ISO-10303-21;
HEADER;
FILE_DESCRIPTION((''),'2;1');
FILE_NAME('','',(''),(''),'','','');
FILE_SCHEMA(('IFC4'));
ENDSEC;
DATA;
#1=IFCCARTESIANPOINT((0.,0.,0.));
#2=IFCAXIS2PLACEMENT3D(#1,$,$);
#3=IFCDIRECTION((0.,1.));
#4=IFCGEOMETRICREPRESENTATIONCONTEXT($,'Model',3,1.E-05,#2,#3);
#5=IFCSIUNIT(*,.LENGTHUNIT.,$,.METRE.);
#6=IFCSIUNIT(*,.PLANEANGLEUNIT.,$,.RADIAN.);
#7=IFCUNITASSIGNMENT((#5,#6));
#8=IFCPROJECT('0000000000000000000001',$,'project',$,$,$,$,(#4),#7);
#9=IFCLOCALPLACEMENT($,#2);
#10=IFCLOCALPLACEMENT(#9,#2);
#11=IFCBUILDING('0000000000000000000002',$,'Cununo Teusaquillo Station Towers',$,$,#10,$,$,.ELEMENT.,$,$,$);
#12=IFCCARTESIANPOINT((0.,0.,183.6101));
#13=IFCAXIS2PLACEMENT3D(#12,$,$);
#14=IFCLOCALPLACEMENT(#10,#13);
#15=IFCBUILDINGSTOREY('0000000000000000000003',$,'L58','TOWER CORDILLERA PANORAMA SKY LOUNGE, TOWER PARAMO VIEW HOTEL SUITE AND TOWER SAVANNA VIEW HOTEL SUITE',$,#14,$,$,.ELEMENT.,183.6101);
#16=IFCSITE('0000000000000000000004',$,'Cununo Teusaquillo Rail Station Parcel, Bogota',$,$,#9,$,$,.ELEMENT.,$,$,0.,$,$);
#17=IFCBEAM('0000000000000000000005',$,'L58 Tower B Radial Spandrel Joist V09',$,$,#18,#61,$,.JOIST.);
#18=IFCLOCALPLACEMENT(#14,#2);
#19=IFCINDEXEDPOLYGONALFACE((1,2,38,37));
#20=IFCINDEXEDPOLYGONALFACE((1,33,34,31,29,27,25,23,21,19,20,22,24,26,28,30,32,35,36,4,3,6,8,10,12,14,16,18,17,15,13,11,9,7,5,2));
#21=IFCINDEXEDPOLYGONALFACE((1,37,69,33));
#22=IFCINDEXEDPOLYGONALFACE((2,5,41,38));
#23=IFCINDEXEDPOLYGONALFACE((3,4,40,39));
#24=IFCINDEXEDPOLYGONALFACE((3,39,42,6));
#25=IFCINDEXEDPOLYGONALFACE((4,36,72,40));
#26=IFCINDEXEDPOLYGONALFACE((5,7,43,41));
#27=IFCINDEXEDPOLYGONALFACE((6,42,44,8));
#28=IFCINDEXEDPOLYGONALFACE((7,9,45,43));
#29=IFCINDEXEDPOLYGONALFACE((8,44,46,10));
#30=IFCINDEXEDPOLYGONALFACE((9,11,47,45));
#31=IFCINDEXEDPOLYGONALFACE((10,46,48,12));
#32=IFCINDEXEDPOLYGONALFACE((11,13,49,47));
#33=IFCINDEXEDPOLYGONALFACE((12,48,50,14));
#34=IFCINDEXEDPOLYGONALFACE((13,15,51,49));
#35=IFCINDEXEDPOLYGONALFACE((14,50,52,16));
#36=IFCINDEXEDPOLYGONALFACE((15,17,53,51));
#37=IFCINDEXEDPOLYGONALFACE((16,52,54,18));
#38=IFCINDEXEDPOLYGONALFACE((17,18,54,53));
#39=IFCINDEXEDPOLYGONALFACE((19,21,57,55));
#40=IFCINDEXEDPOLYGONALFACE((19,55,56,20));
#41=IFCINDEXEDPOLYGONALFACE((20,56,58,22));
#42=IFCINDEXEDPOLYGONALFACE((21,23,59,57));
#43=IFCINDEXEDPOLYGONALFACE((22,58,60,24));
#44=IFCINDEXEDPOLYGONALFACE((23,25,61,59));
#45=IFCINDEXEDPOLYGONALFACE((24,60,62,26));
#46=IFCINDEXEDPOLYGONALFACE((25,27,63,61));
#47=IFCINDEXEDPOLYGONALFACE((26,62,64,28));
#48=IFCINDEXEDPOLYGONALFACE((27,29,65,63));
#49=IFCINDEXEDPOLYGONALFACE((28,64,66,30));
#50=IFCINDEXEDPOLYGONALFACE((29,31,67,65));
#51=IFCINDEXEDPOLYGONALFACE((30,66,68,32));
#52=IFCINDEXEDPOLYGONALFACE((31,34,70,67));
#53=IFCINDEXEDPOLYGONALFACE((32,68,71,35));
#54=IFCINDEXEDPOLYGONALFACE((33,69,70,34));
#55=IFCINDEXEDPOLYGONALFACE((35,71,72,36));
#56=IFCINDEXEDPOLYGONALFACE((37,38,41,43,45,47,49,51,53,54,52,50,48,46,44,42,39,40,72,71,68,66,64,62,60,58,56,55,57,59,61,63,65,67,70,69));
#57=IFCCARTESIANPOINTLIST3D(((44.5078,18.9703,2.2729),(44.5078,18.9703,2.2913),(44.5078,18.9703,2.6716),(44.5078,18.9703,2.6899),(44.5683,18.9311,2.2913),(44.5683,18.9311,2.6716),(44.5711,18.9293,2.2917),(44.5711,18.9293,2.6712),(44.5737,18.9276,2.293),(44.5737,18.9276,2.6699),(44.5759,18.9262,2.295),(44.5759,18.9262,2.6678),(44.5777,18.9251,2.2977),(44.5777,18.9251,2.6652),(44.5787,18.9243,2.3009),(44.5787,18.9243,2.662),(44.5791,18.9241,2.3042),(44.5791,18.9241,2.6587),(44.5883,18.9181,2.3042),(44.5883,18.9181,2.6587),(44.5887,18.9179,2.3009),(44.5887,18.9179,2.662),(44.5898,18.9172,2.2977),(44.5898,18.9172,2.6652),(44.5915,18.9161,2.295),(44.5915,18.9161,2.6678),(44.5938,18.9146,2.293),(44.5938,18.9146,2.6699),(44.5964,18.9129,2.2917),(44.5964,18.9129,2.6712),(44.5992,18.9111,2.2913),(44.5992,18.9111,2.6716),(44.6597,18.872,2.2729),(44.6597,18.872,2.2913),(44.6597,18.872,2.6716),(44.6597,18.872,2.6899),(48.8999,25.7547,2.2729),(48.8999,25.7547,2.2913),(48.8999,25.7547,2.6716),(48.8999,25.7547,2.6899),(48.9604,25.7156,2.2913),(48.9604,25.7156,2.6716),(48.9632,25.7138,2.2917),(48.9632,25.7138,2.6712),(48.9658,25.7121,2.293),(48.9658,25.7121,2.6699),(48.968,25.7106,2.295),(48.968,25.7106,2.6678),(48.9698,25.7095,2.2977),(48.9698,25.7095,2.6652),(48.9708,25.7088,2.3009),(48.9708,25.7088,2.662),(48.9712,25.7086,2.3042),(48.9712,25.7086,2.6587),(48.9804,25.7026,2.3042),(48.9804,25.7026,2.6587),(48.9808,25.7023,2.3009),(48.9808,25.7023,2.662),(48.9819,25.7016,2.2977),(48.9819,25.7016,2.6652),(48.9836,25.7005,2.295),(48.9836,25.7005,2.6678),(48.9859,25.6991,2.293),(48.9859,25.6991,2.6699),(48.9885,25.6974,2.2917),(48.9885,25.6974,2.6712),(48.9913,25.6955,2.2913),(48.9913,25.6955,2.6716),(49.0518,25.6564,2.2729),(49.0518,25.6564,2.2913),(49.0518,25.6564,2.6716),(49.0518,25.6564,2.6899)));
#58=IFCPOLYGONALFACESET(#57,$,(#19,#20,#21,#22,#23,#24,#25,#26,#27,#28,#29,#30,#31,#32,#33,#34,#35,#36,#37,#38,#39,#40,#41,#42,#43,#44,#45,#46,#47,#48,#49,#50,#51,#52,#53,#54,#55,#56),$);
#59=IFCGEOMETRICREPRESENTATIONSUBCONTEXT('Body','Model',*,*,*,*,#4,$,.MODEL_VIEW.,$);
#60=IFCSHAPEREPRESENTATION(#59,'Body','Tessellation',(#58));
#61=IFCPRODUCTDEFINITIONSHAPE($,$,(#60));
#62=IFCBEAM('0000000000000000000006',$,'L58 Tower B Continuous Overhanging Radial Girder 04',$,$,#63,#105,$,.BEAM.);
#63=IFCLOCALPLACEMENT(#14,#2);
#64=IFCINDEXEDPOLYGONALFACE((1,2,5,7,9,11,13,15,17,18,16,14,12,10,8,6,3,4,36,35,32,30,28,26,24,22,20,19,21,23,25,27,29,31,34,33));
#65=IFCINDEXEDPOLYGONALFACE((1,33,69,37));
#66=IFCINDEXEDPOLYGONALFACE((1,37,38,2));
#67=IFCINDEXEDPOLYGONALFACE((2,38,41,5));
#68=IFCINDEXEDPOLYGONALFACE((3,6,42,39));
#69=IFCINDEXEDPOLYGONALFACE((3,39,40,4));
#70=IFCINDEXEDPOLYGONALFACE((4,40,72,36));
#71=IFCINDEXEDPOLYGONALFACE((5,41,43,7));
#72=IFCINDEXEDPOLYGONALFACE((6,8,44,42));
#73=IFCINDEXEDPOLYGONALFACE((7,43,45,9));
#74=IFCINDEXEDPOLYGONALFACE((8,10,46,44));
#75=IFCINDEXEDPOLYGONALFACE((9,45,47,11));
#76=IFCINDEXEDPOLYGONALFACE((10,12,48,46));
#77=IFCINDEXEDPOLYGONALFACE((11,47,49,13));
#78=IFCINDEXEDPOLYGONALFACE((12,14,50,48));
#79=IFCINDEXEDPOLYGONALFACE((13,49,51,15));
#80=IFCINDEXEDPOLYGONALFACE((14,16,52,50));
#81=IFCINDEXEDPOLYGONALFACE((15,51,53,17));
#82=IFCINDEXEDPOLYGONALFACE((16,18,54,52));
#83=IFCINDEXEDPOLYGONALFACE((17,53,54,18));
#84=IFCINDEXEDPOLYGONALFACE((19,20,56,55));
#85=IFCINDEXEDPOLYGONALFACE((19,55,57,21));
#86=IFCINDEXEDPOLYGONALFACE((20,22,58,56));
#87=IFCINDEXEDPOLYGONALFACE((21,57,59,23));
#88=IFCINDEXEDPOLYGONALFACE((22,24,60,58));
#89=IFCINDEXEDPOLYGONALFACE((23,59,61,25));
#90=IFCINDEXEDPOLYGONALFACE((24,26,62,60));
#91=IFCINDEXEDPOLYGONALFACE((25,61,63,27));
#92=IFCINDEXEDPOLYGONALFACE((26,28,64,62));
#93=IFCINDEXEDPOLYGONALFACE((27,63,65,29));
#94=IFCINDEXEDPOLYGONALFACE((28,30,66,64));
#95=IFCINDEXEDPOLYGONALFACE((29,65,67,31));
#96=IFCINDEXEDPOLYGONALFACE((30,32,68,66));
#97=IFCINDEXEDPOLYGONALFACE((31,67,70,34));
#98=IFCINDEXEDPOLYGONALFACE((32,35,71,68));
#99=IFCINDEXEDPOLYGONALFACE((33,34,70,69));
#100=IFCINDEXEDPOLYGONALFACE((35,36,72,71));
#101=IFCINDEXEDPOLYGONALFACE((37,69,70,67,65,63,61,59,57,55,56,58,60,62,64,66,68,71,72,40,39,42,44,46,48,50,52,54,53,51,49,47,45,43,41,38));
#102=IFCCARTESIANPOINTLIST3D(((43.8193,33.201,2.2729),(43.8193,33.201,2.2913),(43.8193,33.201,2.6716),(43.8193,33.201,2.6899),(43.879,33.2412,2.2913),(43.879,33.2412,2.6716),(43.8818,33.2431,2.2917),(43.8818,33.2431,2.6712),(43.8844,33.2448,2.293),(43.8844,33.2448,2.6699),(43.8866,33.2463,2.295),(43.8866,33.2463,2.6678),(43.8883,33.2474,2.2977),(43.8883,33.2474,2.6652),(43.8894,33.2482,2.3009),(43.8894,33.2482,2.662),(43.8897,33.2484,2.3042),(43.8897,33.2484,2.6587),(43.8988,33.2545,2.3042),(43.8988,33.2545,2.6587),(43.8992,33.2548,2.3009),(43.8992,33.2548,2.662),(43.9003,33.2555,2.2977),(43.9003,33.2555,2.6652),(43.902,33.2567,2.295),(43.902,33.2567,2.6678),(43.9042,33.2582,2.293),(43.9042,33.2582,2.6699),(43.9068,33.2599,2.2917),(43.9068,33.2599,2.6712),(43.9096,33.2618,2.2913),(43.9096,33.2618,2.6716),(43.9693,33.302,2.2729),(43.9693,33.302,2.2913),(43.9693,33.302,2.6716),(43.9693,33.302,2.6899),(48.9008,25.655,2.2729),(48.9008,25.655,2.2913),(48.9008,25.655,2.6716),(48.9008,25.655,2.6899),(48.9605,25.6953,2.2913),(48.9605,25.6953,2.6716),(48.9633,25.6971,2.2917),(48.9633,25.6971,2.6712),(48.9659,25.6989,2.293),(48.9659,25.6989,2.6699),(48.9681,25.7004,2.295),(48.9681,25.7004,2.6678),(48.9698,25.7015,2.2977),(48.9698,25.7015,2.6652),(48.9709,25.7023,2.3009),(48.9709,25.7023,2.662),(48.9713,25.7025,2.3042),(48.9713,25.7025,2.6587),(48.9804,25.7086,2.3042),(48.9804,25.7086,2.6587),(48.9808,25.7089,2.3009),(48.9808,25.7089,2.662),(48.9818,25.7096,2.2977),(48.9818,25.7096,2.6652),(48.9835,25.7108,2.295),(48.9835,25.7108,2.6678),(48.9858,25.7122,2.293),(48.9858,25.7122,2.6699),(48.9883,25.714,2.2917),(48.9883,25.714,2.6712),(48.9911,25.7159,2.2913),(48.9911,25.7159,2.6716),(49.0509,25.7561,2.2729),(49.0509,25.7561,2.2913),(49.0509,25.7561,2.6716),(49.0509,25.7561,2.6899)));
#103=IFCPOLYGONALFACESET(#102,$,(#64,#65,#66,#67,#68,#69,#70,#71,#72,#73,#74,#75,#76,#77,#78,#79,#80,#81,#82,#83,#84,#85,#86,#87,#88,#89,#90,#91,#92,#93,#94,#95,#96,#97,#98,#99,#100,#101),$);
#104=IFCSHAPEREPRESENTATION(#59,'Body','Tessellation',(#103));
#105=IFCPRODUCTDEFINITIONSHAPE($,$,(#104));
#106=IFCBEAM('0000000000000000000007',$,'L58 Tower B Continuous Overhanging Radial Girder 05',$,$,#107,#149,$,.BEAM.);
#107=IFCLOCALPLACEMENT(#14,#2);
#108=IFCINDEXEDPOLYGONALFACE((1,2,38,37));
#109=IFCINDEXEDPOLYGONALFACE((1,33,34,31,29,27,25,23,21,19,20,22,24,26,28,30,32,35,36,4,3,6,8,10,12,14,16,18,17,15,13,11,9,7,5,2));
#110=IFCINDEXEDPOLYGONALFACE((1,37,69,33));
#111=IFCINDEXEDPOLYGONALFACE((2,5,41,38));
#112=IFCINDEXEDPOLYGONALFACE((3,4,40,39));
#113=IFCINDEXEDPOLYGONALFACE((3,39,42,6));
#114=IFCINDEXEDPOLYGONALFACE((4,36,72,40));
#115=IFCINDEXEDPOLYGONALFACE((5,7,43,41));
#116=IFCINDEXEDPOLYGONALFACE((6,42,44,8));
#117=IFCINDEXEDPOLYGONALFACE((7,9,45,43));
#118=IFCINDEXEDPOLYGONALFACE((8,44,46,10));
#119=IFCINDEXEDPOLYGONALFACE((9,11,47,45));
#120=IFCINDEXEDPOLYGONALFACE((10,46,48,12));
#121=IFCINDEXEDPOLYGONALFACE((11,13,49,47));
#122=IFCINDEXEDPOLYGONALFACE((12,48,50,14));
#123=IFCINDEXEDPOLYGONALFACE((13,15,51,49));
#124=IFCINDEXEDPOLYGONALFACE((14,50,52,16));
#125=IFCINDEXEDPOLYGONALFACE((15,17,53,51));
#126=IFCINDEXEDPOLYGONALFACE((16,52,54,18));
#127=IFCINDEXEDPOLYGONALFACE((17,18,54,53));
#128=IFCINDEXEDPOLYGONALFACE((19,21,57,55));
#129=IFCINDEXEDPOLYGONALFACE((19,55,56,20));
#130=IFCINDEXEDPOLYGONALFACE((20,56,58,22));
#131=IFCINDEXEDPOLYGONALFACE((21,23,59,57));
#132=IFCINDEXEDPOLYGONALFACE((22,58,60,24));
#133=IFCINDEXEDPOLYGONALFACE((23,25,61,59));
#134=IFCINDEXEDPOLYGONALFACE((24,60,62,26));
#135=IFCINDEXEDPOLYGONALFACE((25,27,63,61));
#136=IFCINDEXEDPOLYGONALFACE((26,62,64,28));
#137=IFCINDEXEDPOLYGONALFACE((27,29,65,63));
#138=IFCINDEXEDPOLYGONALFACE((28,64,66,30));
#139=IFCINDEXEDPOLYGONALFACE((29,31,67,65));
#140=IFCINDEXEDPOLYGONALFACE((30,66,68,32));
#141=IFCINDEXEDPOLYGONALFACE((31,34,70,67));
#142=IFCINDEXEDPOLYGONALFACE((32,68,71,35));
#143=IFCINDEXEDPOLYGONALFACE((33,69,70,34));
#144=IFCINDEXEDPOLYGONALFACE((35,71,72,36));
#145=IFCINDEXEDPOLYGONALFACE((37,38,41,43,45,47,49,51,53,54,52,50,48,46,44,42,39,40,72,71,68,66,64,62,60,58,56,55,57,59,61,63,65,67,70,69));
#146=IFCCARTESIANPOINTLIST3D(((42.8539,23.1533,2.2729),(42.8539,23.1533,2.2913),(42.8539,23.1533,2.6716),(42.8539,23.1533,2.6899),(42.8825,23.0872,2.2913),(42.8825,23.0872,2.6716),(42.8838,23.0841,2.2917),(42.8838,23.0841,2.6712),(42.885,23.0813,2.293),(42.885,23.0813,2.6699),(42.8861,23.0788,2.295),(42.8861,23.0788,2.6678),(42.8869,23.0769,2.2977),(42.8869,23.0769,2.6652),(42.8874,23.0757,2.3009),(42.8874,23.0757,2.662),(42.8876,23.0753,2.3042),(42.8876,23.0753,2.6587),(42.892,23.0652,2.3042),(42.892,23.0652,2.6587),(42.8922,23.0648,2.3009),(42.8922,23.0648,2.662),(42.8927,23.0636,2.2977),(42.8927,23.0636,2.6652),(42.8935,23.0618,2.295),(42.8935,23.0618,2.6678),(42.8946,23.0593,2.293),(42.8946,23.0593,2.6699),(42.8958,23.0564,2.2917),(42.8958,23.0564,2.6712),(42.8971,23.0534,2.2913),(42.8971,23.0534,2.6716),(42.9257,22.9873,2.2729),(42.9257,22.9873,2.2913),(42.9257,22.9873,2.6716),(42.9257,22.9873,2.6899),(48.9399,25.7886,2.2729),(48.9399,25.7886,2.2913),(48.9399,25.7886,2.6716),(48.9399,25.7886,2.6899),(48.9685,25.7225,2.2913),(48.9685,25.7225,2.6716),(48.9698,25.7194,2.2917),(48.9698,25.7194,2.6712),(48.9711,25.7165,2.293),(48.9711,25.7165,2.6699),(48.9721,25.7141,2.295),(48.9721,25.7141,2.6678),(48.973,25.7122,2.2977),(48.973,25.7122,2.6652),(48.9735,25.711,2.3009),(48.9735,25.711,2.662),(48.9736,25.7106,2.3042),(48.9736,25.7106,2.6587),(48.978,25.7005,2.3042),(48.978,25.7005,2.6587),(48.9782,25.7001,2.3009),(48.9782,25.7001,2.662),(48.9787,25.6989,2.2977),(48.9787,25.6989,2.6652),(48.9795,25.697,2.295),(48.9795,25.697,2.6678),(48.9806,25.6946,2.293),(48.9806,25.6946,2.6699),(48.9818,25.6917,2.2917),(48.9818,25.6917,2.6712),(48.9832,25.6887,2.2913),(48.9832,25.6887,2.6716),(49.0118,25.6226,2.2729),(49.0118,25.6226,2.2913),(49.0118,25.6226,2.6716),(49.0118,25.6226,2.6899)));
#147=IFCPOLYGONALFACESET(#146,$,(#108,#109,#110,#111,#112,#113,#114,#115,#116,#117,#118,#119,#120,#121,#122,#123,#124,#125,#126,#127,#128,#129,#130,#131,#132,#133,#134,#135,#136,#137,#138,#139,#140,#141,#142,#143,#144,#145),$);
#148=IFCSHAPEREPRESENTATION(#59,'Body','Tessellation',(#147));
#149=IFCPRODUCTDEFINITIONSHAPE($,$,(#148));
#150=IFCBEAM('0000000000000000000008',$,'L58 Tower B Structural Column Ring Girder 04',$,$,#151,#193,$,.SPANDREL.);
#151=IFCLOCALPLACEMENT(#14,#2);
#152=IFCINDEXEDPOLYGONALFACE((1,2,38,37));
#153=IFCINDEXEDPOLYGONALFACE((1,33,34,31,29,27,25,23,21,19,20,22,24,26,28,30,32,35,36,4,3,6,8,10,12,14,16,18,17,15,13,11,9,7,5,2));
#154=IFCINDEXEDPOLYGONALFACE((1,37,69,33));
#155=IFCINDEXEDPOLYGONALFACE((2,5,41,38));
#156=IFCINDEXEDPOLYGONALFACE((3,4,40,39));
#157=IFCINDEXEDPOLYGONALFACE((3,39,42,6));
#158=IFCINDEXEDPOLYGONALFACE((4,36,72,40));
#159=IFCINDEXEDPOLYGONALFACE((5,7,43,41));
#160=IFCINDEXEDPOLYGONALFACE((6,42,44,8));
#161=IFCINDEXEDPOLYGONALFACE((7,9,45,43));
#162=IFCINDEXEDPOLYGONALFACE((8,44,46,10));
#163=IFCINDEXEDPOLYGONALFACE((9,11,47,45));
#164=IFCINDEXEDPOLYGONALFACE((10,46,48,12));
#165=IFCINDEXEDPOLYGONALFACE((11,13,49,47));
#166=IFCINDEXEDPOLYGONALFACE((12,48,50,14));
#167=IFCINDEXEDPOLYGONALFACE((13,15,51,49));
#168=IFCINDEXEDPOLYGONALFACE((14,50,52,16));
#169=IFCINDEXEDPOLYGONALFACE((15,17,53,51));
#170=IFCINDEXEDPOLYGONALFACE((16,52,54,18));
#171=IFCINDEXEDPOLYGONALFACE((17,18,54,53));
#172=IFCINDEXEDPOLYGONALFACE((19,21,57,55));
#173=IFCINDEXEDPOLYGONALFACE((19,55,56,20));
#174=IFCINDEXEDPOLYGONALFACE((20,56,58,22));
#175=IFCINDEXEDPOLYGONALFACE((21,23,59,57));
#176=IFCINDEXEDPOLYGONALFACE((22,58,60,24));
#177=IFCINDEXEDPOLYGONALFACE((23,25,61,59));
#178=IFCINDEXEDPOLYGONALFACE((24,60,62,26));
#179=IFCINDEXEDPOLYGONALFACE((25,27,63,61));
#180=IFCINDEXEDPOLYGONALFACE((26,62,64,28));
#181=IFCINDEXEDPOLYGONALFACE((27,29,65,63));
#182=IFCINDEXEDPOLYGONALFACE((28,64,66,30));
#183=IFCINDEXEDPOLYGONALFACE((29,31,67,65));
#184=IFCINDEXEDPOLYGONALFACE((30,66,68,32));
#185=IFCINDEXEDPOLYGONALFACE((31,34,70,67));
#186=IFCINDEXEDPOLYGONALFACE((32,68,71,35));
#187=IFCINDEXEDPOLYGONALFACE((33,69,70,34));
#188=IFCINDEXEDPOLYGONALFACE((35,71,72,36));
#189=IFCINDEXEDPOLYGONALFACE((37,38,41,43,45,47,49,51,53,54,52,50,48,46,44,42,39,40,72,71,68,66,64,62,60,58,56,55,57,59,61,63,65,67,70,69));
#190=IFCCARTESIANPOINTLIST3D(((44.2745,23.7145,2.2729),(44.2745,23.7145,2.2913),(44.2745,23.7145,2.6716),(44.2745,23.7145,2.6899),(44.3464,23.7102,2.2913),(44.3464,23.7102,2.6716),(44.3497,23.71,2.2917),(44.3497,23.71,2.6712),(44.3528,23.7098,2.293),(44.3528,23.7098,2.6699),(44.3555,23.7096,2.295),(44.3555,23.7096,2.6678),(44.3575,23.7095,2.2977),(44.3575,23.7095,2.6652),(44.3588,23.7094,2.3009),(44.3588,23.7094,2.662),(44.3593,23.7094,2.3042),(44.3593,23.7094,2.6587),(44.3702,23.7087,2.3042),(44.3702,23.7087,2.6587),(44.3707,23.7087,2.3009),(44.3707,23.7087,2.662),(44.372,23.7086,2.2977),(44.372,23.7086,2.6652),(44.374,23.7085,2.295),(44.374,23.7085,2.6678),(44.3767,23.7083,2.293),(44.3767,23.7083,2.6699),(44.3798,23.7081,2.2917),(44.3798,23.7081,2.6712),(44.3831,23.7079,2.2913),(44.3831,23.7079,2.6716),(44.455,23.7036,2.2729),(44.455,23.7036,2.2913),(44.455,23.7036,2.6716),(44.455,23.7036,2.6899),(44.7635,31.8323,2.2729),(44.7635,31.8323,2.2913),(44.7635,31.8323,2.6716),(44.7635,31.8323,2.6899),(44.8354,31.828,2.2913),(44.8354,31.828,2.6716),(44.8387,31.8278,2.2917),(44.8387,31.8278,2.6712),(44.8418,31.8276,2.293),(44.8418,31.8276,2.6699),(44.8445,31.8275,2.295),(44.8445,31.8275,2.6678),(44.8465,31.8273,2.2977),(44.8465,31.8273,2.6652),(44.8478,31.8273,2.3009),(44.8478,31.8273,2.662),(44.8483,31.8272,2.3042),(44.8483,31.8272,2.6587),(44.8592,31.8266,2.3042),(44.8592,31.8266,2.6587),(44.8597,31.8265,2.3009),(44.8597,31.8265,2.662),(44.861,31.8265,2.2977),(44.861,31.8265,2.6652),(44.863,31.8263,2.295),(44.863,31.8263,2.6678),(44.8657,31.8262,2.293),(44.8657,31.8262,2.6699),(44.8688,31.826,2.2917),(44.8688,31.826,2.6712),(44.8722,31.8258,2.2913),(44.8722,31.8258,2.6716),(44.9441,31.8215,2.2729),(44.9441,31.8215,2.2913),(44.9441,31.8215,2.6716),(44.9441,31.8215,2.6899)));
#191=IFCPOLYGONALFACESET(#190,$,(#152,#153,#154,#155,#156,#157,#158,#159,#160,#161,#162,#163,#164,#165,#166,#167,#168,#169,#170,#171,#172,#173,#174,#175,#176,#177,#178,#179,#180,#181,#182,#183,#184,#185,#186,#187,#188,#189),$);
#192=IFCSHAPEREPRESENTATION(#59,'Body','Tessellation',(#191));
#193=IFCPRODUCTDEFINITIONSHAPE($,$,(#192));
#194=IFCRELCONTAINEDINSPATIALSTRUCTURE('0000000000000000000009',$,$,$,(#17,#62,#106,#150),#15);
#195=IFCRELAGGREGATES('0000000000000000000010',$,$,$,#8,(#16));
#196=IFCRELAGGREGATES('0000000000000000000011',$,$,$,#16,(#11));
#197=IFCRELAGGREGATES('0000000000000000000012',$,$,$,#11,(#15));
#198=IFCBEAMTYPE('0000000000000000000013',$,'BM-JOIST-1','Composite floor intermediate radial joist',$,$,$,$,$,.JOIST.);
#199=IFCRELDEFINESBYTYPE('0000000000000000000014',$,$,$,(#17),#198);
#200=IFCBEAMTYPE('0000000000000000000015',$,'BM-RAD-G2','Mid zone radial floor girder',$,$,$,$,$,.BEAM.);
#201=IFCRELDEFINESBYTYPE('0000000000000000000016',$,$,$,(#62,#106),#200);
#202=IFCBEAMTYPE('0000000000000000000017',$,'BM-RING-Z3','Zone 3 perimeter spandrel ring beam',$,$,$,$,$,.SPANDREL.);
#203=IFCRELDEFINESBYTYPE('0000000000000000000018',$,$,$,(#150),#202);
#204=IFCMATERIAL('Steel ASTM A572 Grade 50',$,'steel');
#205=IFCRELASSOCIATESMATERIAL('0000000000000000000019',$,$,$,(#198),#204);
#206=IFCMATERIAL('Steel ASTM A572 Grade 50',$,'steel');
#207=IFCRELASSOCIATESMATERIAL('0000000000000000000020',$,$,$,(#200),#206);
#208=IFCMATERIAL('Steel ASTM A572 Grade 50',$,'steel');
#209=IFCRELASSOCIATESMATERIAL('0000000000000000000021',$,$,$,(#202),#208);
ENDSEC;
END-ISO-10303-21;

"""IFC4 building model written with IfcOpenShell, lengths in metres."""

from ifc_helpers import new_model, si_unit, direction, frame, origin, origin_2d, place, context, subcontext, project, spatial, i_section, extrude, material, material_profile, profile_set, type_object, element, save


model = new_model("IFC4")

# Units and contexts
model_context = context("Model", 3, precision=1e-05, world=origin(), true_north=direction((0.0, 1.0)))
body_context = subcontext(model_context, "Body", "Model", "MODEL_VIEW")
ifc_project = project(units=[si_unit("LENGTHUNIT", "METRE"), si_unit("PLANEANGLEUNIT", "RADIAN")], contexts=[model_context])

# Site, building, storey
site_placement = place(None, origin())
site = spatial("IfcSite", under=ifc_project, at=site_placement, Name="Cununo Teusaquillo Rail Station Parcel, Bogota", CompositionType="ELEMENT", RefElevation=0.0)
building_placement = place(site_placement, origin())
building = spatial("IfcBuilding", under=site, at=building_placement, Name="Cununo Teusaquillo Station Towers", CompositionType="ELEMENT")
storey_placement = place(building_placement, frame((0.0, 0.0, 183.6101)))
storey = spatial("IfcBuildingStorey", under=building, at=storey_placement, Name="L58", Description="TOWER CORDILLERA PANORAMA SKY LOUNGE, TOWER PARAMO VIEW HOTEL SUITE AND TOWER SAVANNA VIEW HOTEL SUITE", CompositionType="ELEMENT", Elevation=183.6101)

# Beams
ifc_material_1 = material(Name="Steel ASTM A572 Grade 50", Category="steel")
ifc_material_profile_1 = material_profile(ifc_material_1, i_section(OverallWidth=0.1809, OverallDepth=0.417, WebThickness=0.011, FlangeThickness=0.0183, FilletRadius=0.0129, at=origin_2d()), Name="W16X57")
ifc_profile_set_1 = profile_set([ifc_material_profile_1], Name="Steel ASTM A572 Grade 50")
beam_type_1 = type_object("IfcBeamType", Name="BM-JOIST-1", Description="Composite floor intermediate radial joist", PredefinedType="JOIST", material=ifc_profile_set_1)
beam_1_placement = place(storey_placement, frame((48.9758, 25.7056, 2.4814), z_axis=(-0.54344, -0.839448, 0.0), x_axis=(0.839448, -0.54344, 0.0)))
element("IfcBeam", 1, at=beam_1_placement, inside=storey, type_object=beam_type_1, Name="L58 Tower B Radial Spandrel Joist V09", PredefinedType="JOIST", context=body_context, shape_type="SweptSolid", body=[
    extrude(i_section(OverallWidth=0.1809, OverallDepth=0.417, WebThickness=0.011, FlangeThickness=0.0183, FilletRadius=0.0129, at=origin_2d()), origin(), (0.0, 0.0, 1.0), 8.082),
])
ifc_material_2 = material(Name="Steel ASTM A572 Grade 50", Category="steel")
ifc_material_profile_2 = material_profile(ifc_material_2, i_section(OverallWidth=0.1809, OverallDepth=0.417, WebThickness=0.011, FlangeThickness=0.0183, FilletRadius=0.0129, at=origin_2d()), Name="W16X57")
ifc_profile_set_2 = profile_set([ifc_material_profile_2], Name="Steel ASTM A572 Grade 50")
beam_type_2 = type_object("IfcBeamType", Name="BM-RAD-G2", Description="Mid zone radial floor girder", PredefinedType="BEAM", material=ifc_profile_set_2)
beam_2_placement = place(storey_placement, frame((48.9758, 25.7056, 2.4814), z_axis=(-0.558571, 0.829457, 0.0), x_axis=(-0.829457, -0.558571, 0.0)))
element("IfcBeam", 2, at=beam_2_placement, inside=storey, type_object=beam_type_2, Name="L58 Tower B Continuous Overhanging Radial Girder 04", PredefinedType="BEAM", context=body_context, shape_type="SweptSolid", body=[
    extrude(i_section(OverallWidth=0.1809, OverallDepth=0.417, WebThickness=0.011, FlangeThickness=0.0183, FilletRadius=0.0129, at=origin_2d()), origin(), (0.0, 0.0, 1.0), 9.0974),
])
beam_3_placement = place(storey_placement, frame((48.9758, 25.7056, 2.4814), z_axis=(-0.917665, -0.397355, 0.0), x_axis=(0.397355, -0.917665, 0.0)))
element("IfcBeam", 3, at=beam_3_placement, inside=storey, type_object=beam_type_2, Name="L58 Tower B Continuous Overhanging Radial Girder 05", PredefinedType="BEAM", context=body_context, shape_type="SweptSolid", body=[
    extrude(i_section(OverallWidth=0.1809, OverallDepth=0.417, WebThickness=0.011, FlangeThickness=0.0183, FilletRadius=0.0129, at=origin_2d()), origin(), (0.0, 0.0, 1.0), 6.6321),
])
ifc_material_3 = material(Name="Steel ASTM A572 Grade 50", Category="steel")
ifc_material_profile_3 = material_profile(ifc_material_3, i_section(OverallWidth=0.1809, OverallDepth=0.417, WebThickness=0.011, FlangeThickness=0.0183, FilletRadius=0.0129, at=origin_2d()), Name="W16X57")
ifc_profile_set_3 = profile_set([ifc_material_profile_3], Name="Steel ASTM A572 Grade 50")
beam_type_3 = type_object("IfcBeamType", Name="BM-RING-Z3", Description="Zone 3 perimeter spandrel ring beam", PredefinedType="SPANDREL", material=ifc_profile_set_3)
beam_4_placement = place(storey_placement, frame((44.8538, 31.8269, 2.4814), z_axis=(-0.06013, -0.998191, 0.0), x_axis=(0.998191, -0.06013, 0.0)))
element("IfcBeam", 4, at=beam_4_placement, inside=storey, type_object=beam_type_3, Name="L58 Tower B Structural Column Ring Girder 04", PredefinedType="SPANDREL", context=body_context, shape_type="SweptSolid", body=[
    extrude(i_section(OverallWidth=0.1809, OverallDepth=0.417, WebThickness=0.011, FlangeThickness=0.0183, FilletRadius=0.0129, at=origin_2d()), origin(), (0.0, 0.0, 1.0), 8.1326),
])

save(model, "model.ifc")
